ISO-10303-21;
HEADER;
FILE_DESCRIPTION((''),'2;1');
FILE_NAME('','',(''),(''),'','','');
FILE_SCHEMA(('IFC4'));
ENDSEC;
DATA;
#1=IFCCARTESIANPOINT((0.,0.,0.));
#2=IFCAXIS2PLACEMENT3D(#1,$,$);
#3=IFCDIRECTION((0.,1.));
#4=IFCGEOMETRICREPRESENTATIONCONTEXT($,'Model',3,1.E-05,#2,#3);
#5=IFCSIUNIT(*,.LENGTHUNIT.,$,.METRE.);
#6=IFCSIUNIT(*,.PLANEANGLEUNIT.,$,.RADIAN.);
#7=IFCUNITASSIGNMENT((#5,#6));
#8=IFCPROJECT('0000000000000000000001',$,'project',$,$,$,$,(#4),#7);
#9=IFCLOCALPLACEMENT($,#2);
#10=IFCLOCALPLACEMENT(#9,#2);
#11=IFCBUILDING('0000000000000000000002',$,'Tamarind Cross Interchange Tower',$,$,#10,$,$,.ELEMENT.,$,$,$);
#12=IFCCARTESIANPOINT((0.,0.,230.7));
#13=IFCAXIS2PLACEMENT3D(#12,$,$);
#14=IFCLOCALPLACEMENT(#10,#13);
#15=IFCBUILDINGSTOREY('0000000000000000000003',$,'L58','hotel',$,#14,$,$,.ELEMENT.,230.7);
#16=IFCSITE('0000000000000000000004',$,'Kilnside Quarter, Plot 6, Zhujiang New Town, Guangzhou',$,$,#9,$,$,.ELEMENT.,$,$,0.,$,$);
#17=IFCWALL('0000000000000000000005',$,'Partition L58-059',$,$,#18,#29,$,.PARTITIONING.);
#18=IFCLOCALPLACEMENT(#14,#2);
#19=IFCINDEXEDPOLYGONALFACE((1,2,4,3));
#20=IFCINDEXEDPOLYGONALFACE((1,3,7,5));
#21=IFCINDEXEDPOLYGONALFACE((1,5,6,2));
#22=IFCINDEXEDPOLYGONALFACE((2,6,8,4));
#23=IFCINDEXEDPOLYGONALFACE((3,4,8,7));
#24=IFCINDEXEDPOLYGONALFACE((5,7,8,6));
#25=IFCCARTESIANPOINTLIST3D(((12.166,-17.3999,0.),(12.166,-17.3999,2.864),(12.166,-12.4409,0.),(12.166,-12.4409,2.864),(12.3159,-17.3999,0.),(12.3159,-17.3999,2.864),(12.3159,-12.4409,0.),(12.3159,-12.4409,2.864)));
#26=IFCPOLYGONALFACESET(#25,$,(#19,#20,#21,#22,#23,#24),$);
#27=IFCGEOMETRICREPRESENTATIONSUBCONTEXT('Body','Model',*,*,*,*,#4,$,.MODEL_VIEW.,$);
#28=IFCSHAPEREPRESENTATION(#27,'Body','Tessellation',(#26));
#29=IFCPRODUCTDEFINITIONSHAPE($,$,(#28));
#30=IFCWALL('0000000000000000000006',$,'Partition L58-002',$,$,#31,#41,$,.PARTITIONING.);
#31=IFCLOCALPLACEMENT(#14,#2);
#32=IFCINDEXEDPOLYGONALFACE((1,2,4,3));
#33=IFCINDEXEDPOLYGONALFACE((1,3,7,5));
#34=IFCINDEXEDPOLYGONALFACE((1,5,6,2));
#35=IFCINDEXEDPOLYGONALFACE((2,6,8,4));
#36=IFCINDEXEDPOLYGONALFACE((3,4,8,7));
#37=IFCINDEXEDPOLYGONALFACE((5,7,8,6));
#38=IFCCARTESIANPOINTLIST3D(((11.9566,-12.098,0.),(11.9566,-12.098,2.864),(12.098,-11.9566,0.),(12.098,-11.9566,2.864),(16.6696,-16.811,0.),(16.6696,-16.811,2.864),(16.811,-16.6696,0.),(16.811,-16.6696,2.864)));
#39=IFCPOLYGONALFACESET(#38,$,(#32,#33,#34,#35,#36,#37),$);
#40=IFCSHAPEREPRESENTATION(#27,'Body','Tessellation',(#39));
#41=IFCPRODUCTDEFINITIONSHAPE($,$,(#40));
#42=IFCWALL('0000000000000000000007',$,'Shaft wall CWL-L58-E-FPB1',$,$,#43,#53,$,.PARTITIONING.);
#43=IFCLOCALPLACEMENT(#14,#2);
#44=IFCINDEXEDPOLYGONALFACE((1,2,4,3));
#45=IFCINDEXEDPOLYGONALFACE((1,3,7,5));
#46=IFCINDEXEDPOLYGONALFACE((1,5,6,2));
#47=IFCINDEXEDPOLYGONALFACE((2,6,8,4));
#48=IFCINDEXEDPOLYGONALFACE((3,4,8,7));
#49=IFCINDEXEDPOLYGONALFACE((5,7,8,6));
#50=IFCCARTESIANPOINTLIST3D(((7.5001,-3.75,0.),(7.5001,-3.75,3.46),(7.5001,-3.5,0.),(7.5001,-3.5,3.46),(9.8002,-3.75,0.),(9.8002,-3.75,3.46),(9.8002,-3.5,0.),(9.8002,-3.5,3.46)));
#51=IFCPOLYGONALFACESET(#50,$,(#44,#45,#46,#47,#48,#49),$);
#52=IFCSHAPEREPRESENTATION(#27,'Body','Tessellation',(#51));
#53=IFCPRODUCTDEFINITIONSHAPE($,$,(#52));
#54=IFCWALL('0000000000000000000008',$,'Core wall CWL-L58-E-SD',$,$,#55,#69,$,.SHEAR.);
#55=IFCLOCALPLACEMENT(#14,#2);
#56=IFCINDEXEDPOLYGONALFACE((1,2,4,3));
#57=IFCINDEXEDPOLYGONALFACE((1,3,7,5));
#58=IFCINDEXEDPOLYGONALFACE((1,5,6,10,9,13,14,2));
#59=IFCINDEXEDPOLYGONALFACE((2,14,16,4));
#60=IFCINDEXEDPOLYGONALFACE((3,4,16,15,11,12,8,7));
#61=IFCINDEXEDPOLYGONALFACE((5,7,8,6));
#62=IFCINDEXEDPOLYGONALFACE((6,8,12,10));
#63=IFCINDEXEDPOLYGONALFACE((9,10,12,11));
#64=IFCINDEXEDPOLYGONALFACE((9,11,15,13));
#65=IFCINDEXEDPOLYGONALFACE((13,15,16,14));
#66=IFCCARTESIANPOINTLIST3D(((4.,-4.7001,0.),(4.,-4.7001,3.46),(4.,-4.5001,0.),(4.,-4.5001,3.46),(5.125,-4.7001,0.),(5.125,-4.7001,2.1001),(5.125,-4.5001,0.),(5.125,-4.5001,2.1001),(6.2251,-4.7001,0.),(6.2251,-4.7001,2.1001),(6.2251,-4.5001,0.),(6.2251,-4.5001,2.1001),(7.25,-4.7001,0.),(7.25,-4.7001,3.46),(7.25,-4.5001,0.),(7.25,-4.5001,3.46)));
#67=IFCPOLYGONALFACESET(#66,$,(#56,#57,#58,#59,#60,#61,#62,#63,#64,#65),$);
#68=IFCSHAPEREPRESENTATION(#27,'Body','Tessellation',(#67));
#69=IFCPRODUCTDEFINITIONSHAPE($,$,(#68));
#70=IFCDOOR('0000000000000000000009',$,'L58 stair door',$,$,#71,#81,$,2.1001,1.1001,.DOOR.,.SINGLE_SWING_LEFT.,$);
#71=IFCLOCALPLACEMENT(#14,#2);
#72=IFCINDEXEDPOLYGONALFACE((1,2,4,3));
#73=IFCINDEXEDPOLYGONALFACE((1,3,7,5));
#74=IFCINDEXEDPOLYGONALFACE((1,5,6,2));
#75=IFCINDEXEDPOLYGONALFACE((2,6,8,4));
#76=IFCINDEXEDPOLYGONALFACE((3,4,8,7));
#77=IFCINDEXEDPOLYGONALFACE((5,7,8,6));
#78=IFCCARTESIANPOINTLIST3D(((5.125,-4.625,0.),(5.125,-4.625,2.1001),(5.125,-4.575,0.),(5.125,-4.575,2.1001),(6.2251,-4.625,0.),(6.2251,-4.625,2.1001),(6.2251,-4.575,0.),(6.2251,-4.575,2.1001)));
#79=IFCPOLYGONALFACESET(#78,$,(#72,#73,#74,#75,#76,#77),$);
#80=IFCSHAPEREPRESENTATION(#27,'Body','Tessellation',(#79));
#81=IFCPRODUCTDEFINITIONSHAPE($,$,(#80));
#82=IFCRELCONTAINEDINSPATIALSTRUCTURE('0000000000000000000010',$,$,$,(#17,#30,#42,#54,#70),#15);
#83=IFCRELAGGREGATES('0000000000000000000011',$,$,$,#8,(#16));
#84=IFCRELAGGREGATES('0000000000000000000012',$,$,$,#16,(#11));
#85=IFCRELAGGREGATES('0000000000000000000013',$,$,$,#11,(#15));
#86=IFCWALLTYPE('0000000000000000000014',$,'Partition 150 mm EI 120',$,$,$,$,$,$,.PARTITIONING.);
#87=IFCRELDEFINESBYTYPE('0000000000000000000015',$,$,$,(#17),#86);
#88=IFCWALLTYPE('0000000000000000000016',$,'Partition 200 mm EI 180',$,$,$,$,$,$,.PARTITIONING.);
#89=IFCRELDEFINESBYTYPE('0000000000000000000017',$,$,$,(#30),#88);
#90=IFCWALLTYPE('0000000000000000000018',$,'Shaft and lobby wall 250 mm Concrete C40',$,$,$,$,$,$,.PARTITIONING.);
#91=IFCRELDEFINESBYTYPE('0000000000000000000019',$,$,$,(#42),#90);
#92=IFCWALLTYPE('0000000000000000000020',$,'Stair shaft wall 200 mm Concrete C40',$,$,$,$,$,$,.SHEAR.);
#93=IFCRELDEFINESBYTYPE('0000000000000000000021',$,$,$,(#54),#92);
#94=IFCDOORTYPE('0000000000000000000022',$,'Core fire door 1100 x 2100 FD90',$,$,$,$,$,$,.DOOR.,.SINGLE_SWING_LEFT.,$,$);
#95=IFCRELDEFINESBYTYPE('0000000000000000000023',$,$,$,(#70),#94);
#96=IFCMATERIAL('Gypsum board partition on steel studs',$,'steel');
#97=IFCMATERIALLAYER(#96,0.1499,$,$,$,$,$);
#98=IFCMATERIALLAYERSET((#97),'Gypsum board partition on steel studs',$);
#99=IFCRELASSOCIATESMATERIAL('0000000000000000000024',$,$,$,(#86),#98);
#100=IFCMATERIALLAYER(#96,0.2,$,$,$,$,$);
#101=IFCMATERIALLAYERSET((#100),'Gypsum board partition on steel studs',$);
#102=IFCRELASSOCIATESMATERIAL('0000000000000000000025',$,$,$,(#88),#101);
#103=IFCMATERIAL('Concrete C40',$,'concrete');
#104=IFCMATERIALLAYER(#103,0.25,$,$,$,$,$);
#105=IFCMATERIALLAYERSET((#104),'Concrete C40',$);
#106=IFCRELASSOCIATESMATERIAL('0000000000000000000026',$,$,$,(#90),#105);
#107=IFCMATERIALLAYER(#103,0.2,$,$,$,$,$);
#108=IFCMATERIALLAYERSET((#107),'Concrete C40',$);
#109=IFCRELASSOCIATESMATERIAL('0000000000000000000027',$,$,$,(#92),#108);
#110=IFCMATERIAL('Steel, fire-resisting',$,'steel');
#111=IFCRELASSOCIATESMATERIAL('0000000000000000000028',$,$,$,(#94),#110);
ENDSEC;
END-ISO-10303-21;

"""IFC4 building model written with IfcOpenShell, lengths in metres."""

from ifc_helpers import new_model, si_unit, direction, frame, frame_2d, origin, place, context, subcontext, project, spatial, rectangle, extrude, material, layer, layer_set, type_object, element, fill, save


model = new_model("IFC4")

# Units and contexts
model_context = context("Model", 3, precision=1e-05, world=origin(), true_north=direction((0.0, 1.0)))
body_context = subcontext(model_context, "Body", "Model", "MODEL_VIEW")
ifc_project = project(units=[si_unit("LENGTHUNIT", "METRE"), si_unit("PLANEANGLEUNIT", "RADIAN")], contexts=[model_context])

# Site, building, storey
site_placement = place(None, origin())
site = spatial("IfcSite", under=ifc_project, at=site_placement, Name="Kilnside Quarter, Plot 6, Zhujiang New Town, Guangzhou", CompositionType="ELEMENT", RefElevation=0.0)
building_placement = place(site_placement, origin())
building = spatial("IfcBuilding", under=site, at=building_placement, Name="Tamarind Cross Interchange Tower", CompositionType="ELEMENT")
storey_placement = place(building_placement, frame((0.0, 0.0, 230.7)))
storey = spatial("IfcBuildingStorey", under=building, at=storey_placement, Name="L58", Description="hotel", CompositionType="ELEMENT", Elevation=230.7)

# Shared definitions
ifc_material_1 = material(Name="Steel, fire-resisting", Category="steel")

# Walls
ifc_material_2 = material(Name="Gypsum board partition on steel studs", Category="steel")
ifc_layer_1 = layer(ifc_material_2, 0.1499)
ifc_layer_set_1 = layer_set([ifc_layer_1], Name="Gypsum board partition on steel studs")
wall_type_1 = type_object("IfcWallType", Name="Partition 150 mm EI 120", PredefinedType="PARTITIONING", material=ifc_layer_set_1)
wall_1_placement = place(storey_placement, frame((12.241, -17.3999, 0.0), z_axis=(0.0, 0.0, 1.0), x_axis=(0.0, 1.0, 0.0)))
element("IfcWall", 1, at=wall_1_placement, inside=storey, type_object=wall_type_1, Name="Partition L58-059", PredefinedType="PARTITIONING", context=body_context, shape_type="SweptSolid", body=[
    extrude(rectangle(XDim=4.959, YDim=0.1499, at=frame_2d((2.4795, 0.0))), origin(), (0.0, 0.0, 1.0), 2.864),
])
ifc_layer_2 = layer(ifc_material_2, 0.2)
ifc_layer_set_2 = layer_set([ifc_layer_2], Name="Gypsum board partition on steel studs")
wall_type_2 = type_object("IfcWallType", Name="Partition 200 mm EI 180", PredefinedType="PARTITIONING", material=ifc_layer_set_2)
wall_2_placement = place(storey_placement, frame((12.0273, -12.0273, 0.0), z_axis=(0.0, 0.0, 1.0), x_axis=(0.707107, -0.707107, 0.0)))
element("IfcWall", 2, at=wall_2_placement, inside=storey, type_object=wall_type_2, Name="Partition L58-002", PredefinedType="PARTITIONING", context=body_context, shape_type="SweptSolid", body=[
    extrude(rectangle(XDim=6.6653, YDim=0.2, at=frame_2d((3.3325, 0.0))), origin(), (0.0, 0.0, 1.0), 2.864),
])
ifc_material_3 = material(Name="Concrete C40", Category="concrete")
ifc_layer_3 = layer(ifc_material_3, 0.25)
ifc_layer_set_3 = layer_set([ifc_layer_3], Name="Concrete C40")
wall_type_3 = type_object("IfcWallType", Name="Shaft and lobby wall 250 mm Concrete C40", PredefinedType="PARTITIONING", material=ifc_layer_set_3)
wall_3_placement = place(storey_placement, frame((9.8, -3.625, 0.0), z_axis=(0.0, 0.0, 1.0), x_axis=(-1.0, 0.0, 0.0)))
element("IfcWall", 3, at=wall_3_placement, inside=storey, type_object=wall_type_3, Name="Shaft wall CWL-L58-E-FPB1", PredefinedType="PARTITIONING", context=body_context, shape_type="SweptSolid", body=[
    extrude(rectangle(XDim=2.3, YDim=0.25, at=frame_2d((1.1499, 0.0))), origin(), (0.0, 0.0, 1.0), 3.46),
])

# Wall, opening, door
ifc_layer_4 = layer(ifc_material_3, 0.2)
ifc_layer_set_4 = layer_set([ifc_layer_4], Name="Concrete C40")
wall_type_4 = type_object("IfcWallType", Name="Stair shaft wall 200 mm Concrete C40", PredefinedType="SHEAR", material=ifc_layer_set_4)
wall_4_placement = place(storey_placement, frame((7.25, -4.6001, 0.0), z_axis=(0.0, 0.0, 1.0), x_axis=(-1.0, 0.0, 0.0)))
wall_4 = element("IfcWall", 4, at=wall_4_placement, inside=storey, type_object=wall_type_4, Name="Core wall CWL-L58-E-SD", PredefinedType="SHEAR", context=body_context, shape_type="SweptSolid", body=[
    extrude(rectangle(XDim=3.25, YDim=0.2, at=frame_2d((1.625, 0.0))), origin(), (0.0, 0.0, 1.0), 3.46),
])
opening_1_placement = place(wall_4_placement, frame((1.0249, 0.0, 0.0)))
opening_1 = element("IfcOpeningElement", 5, at=opening_1_placement, cuts=wall_4, PredefinedType="OPENING", context=body_context, shape_type="SweptSolid", body=[
    extrude(rectangle(XDim=1.1001, YDim=2.1001, at=frame_2d((0.55, 1.05))), frame((0.0, 0.1099, 0.0), z_axis=(0.0, -1.0, 0.0), x_axis=(1.0, 0.0, 0.0)), (0.0, 0.0, 1.0), 0.22),
])
door_type_1 = type_object("IfcDoorType", Name="Core fire door 1100 x 2100 FD90", OperationType="SINGLE_SWING_LEFT", PredefinedType="DOOR", material=ifc_material_1)
door_1_placement = place(opening_1_placement, origin())
door_1 = element("IfcDoor", 6, at=door_1_placement, inside=storey, type_object=door_type_1, Name="L58 stair door", OperationType="SINGLE_SWING_LEFT", OverallHeight=2.1001, OverallWidth=1.1001, PredefinedType="DOOR", context=body_context, shape_type="SweptSolid", body=[
    extrude(rectangle(XDim=1.1001, YDim=2.1001, at=frame_2d((0.55, 1.05))), frame((0.0, 0.0249, 0.0), z_axis=(0.0, -1.0, 0.0), x_axis=(1.0, 0.0, 0.0)), (0.0, 0.0, 1.0), 0.05),
])
fill(opening_1, door_1)

save(model, "model.ifc")
